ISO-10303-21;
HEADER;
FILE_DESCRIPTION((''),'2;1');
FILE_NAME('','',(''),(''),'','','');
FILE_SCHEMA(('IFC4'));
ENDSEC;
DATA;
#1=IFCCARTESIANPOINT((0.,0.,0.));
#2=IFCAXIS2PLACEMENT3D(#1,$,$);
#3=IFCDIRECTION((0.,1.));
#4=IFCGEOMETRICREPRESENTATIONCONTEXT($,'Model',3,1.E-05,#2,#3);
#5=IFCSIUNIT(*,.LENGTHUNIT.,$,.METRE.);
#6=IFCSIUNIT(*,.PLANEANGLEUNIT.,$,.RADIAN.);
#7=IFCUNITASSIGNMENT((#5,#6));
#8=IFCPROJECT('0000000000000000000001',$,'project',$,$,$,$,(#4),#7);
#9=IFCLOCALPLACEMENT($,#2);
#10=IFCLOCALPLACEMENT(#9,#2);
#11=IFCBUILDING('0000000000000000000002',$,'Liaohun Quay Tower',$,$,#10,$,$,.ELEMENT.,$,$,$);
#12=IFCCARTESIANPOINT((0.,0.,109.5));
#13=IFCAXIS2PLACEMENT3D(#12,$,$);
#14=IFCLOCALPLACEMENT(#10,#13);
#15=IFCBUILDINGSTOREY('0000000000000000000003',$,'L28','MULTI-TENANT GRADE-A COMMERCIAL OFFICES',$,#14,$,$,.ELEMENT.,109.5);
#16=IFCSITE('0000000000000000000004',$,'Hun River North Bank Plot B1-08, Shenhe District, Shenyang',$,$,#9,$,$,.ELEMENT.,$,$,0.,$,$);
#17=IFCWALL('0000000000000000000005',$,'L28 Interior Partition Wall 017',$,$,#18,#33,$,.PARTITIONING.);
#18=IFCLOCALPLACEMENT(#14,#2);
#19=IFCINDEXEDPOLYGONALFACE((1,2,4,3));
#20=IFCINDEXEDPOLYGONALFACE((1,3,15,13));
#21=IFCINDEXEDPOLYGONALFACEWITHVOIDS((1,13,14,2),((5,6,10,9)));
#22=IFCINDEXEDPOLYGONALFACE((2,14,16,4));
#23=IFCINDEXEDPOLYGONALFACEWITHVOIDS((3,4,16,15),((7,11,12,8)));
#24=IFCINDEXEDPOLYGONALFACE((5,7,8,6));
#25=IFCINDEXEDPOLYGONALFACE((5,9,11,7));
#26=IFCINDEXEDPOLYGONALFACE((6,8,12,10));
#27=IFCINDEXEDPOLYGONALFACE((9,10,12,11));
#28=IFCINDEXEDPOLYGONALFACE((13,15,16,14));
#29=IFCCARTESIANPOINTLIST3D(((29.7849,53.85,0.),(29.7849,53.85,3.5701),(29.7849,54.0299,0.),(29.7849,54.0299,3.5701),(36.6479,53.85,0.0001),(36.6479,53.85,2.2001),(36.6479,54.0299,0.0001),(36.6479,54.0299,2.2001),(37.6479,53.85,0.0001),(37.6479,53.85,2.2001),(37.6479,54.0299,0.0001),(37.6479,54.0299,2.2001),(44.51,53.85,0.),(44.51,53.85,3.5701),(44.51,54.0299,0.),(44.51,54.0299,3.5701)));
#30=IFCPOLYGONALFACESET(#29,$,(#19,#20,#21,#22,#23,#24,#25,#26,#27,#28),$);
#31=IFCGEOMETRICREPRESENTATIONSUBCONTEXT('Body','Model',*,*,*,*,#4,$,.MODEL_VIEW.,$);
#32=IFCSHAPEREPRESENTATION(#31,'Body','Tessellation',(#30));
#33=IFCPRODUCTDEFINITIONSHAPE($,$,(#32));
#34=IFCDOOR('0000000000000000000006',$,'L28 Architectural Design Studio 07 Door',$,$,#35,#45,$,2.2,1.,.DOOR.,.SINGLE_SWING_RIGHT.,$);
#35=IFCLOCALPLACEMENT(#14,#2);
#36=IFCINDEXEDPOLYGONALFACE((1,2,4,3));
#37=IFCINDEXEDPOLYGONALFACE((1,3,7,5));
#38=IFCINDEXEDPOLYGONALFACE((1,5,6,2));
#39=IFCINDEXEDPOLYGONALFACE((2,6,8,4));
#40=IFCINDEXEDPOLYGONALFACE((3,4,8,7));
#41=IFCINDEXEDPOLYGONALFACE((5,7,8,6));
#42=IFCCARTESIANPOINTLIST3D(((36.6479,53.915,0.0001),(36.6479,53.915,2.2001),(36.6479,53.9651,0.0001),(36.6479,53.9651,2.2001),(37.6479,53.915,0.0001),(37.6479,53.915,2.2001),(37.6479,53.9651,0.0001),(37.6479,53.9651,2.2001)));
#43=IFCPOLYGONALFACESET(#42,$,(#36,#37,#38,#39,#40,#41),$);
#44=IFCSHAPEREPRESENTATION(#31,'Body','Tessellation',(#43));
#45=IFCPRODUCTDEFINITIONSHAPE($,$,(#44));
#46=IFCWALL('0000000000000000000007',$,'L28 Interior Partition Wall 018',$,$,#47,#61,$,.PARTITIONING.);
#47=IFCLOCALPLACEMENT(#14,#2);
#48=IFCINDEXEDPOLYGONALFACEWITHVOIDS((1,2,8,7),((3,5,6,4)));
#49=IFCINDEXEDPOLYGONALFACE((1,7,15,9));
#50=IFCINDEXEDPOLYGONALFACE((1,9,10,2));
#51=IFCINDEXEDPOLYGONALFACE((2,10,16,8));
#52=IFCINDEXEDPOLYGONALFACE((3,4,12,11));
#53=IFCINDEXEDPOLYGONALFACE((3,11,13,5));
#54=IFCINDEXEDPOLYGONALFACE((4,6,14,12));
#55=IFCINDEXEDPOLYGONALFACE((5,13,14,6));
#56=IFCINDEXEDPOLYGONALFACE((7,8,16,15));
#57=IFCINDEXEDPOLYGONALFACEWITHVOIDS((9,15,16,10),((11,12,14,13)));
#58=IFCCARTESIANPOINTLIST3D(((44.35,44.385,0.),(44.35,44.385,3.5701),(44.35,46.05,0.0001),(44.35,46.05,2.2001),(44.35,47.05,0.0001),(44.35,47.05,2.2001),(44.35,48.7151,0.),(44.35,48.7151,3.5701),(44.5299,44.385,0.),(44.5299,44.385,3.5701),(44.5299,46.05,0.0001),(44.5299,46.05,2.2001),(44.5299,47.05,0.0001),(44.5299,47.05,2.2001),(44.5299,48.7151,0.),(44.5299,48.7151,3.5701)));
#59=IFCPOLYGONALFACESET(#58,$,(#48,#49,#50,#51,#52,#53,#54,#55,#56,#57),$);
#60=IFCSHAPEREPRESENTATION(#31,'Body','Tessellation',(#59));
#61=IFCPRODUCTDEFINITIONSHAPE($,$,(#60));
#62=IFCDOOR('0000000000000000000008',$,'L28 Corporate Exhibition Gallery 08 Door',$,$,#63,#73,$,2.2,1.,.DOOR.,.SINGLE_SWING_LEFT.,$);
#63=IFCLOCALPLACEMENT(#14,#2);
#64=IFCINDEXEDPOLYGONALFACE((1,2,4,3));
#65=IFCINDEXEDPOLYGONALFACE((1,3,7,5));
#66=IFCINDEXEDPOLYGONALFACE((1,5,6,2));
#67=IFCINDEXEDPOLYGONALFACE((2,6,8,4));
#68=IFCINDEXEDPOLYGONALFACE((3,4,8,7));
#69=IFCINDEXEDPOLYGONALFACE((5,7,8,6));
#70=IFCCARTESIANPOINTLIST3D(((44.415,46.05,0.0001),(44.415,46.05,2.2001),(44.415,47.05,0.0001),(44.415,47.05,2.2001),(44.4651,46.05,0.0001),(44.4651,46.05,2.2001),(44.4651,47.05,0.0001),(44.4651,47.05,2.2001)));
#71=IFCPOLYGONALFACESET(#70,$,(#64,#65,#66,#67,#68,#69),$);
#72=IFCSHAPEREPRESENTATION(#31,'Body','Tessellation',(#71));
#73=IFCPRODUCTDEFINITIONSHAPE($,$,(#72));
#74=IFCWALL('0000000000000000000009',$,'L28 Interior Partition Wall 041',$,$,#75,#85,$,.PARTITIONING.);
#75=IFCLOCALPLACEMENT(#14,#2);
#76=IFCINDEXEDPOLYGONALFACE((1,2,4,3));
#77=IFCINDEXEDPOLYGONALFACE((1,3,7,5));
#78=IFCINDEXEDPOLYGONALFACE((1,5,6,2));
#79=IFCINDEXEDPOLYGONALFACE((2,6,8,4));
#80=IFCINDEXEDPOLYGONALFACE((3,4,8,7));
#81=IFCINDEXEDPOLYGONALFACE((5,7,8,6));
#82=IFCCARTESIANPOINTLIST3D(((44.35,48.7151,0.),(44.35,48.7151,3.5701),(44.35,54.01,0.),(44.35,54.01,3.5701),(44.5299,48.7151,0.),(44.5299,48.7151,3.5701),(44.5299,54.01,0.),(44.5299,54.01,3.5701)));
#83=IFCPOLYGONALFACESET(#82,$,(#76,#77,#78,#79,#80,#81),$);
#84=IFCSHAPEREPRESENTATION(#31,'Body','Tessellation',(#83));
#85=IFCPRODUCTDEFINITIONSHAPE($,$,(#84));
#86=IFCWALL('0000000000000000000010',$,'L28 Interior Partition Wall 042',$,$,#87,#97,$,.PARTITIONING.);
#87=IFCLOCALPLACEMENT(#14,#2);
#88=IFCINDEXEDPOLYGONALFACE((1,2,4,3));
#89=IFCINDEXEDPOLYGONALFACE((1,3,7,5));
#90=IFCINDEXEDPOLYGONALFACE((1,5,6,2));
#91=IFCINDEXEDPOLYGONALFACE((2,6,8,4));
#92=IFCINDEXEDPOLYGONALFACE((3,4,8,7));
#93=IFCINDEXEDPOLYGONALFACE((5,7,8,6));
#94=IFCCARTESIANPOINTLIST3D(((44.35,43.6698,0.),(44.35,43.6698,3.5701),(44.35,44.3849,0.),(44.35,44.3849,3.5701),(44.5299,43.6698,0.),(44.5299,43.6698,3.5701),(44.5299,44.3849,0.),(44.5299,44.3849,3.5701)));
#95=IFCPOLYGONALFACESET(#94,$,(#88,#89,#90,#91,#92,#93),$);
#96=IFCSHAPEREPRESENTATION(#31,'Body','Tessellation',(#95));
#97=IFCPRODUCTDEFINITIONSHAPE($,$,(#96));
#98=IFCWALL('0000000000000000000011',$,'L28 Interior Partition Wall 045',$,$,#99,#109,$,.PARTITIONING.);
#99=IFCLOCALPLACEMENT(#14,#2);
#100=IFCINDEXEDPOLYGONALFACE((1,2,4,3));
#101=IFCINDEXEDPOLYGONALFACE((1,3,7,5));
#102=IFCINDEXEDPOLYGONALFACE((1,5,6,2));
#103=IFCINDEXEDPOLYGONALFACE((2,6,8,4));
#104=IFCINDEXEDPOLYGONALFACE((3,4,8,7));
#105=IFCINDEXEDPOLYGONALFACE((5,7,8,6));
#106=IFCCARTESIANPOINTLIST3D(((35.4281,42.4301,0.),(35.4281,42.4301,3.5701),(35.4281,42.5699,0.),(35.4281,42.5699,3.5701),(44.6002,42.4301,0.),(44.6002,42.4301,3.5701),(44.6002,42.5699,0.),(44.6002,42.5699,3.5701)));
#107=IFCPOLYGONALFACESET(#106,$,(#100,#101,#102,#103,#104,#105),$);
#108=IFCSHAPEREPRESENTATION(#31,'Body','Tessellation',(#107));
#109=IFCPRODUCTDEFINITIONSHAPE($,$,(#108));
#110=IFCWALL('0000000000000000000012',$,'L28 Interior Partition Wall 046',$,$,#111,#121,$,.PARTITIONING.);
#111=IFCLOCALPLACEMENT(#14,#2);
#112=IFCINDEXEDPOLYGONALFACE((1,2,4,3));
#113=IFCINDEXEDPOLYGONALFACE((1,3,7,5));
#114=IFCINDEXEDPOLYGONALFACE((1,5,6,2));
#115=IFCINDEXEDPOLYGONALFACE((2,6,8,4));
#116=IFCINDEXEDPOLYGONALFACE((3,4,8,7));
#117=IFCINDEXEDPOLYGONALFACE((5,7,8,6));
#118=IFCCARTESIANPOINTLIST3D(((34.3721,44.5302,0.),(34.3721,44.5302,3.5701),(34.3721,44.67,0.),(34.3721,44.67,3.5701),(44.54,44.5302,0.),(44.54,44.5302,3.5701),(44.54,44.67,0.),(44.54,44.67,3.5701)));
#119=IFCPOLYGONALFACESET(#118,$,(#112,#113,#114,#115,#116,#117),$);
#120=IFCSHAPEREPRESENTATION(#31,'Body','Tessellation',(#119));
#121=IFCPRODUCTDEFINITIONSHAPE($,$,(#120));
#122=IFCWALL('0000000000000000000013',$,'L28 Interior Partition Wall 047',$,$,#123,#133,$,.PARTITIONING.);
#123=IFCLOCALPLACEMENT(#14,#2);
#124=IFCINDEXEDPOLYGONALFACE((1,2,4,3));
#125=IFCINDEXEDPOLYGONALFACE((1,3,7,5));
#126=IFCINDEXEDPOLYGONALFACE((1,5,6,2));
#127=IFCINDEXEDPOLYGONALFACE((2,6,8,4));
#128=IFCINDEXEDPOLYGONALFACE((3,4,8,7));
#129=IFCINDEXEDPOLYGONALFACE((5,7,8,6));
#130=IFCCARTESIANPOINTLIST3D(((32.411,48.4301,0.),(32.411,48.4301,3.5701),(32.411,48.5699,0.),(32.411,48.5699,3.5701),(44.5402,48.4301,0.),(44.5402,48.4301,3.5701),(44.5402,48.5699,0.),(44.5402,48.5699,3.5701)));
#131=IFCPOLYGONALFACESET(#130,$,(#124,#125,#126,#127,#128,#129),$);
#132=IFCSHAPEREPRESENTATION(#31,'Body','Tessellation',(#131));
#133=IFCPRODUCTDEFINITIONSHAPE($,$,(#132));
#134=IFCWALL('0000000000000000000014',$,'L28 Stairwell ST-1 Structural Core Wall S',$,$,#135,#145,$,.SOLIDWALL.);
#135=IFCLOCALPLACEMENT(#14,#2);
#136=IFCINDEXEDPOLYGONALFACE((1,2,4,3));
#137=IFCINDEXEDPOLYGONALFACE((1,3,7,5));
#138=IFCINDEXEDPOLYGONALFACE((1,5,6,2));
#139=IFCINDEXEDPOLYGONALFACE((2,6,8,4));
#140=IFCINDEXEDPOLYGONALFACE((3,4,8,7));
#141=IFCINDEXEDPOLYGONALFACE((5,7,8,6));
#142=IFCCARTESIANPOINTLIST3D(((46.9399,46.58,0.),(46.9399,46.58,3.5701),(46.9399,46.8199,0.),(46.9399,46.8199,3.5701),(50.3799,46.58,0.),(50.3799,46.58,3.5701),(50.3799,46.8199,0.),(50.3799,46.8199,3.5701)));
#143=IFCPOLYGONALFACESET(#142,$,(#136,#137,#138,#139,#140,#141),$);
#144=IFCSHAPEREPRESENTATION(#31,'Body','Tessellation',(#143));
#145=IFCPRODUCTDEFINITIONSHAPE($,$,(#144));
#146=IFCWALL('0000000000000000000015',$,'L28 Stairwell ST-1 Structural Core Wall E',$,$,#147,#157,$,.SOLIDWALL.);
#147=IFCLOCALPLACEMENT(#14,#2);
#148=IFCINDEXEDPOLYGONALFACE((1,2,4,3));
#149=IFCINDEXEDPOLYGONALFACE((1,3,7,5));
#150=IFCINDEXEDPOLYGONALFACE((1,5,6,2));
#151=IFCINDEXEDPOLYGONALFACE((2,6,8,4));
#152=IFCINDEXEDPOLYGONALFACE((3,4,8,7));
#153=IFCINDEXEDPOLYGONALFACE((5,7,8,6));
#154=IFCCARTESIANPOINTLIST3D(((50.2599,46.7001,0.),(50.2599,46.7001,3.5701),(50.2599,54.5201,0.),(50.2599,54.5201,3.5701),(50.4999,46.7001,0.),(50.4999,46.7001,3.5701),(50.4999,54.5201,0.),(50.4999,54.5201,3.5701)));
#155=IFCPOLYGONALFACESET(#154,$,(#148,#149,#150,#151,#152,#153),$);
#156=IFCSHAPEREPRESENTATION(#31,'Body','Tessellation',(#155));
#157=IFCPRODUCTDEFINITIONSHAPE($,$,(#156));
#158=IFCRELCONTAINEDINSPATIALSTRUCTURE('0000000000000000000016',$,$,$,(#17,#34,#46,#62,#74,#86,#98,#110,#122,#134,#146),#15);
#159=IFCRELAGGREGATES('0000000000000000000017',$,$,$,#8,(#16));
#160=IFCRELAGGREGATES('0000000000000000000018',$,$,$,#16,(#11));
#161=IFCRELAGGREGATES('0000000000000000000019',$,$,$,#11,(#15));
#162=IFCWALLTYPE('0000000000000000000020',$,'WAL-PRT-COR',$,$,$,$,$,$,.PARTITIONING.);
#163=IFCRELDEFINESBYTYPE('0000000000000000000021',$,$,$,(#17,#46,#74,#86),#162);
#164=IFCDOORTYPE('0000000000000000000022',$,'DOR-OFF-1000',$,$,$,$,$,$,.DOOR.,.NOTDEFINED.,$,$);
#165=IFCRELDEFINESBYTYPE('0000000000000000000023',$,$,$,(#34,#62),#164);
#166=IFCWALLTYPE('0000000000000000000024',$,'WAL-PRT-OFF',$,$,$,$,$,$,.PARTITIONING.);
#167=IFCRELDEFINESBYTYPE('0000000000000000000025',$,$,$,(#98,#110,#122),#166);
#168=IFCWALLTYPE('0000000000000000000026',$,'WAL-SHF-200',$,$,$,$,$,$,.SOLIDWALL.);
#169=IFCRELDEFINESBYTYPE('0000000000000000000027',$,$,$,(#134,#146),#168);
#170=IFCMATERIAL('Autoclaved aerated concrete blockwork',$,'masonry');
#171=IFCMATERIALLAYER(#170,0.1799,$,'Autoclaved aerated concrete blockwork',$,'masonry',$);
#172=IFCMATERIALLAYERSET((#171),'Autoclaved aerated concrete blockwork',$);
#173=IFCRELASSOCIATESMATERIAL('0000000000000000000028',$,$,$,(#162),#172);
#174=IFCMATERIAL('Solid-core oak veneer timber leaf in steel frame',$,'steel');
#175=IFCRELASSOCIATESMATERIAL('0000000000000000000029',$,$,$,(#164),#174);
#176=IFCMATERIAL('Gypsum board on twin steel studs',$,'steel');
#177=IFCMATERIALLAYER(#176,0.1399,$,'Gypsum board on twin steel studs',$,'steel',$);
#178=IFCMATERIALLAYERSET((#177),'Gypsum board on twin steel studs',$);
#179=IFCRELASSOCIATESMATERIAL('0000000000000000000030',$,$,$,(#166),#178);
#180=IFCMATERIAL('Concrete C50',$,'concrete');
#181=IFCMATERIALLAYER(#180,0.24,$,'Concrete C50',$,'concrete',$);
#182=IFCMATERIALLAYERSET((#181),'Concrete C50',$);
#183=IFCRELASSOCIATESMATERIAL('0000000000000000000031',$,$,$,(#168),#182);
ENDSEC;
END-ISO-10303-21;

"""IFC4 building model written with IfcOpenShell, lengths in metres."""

from ifc_helpers import new_model, si_unit, direction, frame, frame_2d, origin, place, context, subcontext, project, spatial, rectangle, extrude, source, transform, mapped, material, layer, layer_set, type_object, element, fill, save


model = new_model("IFC4")

# Units and contexts
model_context = context("Model", 3, precision=1e-05, world=origin(), true_north=direction((0.0, 1.0)))
body_context = subcontext(model_context, "Body", "Model", "MODEL_VIEW")
ifc_project = project(units=[si_unit("LENGTHUNIT", "METRE"), si_unit("PLANEANGLEUNIT", "RADIAN")], contexts=[model_context])

# Site, building, storey
site_placement = place(None, origin())
site = spatial("IfcSite", under=ifc_project, at=site_placement, Name="Hun River North Bank Plot B1-08, Shenhe District, Shenyang", CompositionType="ELEMENT", RefElevation=0.0)
building_placement = place(site_placement, origin())
building = spatial("IfcBuilding", under=site, at=building_placement, Name="Liaohun Quay Tower", CompositionType="ELEMENT")
storey_placement = place(building_placement, frame((0.0, 0.0, 109.5)))
storey = spatial("IfcBuildingStorey", under=building, at=storey_placement, Name="L28", Description="MULTI-TENANT GRADE-A COMMERCIAL OFFICES", CompositionType="ELEMENT", Elevation=109.5)

# Walls, openings, doors
ifc_material_1 = material(Name="Autoclaved aerated concrete blockwork", Category="masonry")
ifc_layer_1 = layer(ifc_material_1, 0.1799, Name="Autoclaved aerated concrete blockwork", Category="masonry")
ifc_layer_set_1 = layer_set([ifc_layer_1], Name="Autoclaved aerated concrete blockwork")
wall_type_1 = type_object("IfcWallType", Name="WAL-PRT-COR", PredefinedType="PARTITIONING", material=ifc_layer_set_1)
wall_1_placement = place(storey_placement, frame((44.51, 53.9399, 0.0), z_axis=(0.0, 0.0, 1.0), x_axis=(-1.0, 0.0, 0.0)))
wall_1 = element("IfcWall", 1, at=wall_1_placement, inside=storey, type_object=wall_type_1, Name="L28 Interior Partition Wall 017", PredefinedType="PARTITIONING", context=body_context, shape_type="SweptSolid", body=[
    extrude(rectangle(XDim=14.7251, YDim=0.1799, at=frame_2d((7.3625, 0.0))), origin(), (0.0, 0.0, 1.0), 3.5701),
])
shared_shape_1 = source(origin(), body_context, "Body", "SweptSolid", [
    extrude(rectangle(XDim=1.0, YDim=2.2, at=frame_2d((0.5, 1.1001))), frame((0.0, 0.0999, 0.0), z_axis=(0.0, -1.0, 0.0), x_axis=(1.0, 0.0, 0.0)), (0.0, 0.0, 1.0), 0.2),
])
opening_1_placement = place(wall_1_placement, frame((6.8621, 0.0, 0.0)))
opening_1 = element("IfcOpeningElement", 2, at=opening_1_placement, cuts=wall_1, PredefinedType="OPENING", context=body_context, shape_type="MappedRepresentation", body=[
    mapped(shared_shape_1, transform((0.0, 0.0, 0.0), x_axis=(1.0, 0.0, 0.0), y_axis=(0.0, 1.0, 0.0), z_axis=(0.0, 0.0, 1.0), scale=1.0)),
])
ifc_material_2 = material(Name="Solid-core oak veneer timber leaf in steel frame", Category="steel")
door_type_1 = type_object("IfcDoorType", Name="DOR-OFF-1000", OperationType="NOTDEFINED", PredefinedType="DOOR", material=ifc_material_2)
shared_shape_2 = source(origin(), body_context, "Body", "SweptSolid", [
    extrude(rectangle(XDim=1.0, YDim=2.2, at=frame_2d((0.5, 1.1001))), frame((0.0, 0.0249, 0.0), z_axis=(0.0, -1.0, 0.0), x_axis=(1.0, 0.0, 0.0)), (0.0, 0.0, 1.0), 0.05),
])
door_1_placement = place(opening_1_placement, origin())
door_1 = element("IfcDoor", 3, at=door_1_placement, inside=storey, type_object=door_type_1, Name="L28 Architectural Design Studio 07 Door", OperationType="SINGLE_SWING_RIGHT", OverallHeight=2.2, OverallWidth=1.0, PredefinedType="DOOR", context=body_context, shape_type="MappedRepresentation", body=[
    mapped(shared_shape_2, transform((0.0, 0.0, 0.0), x_axis=(1.0, 0.0, 0.0), y_axis=(0.0, 1.0, 0.0), z_axis=(0.0, 0.0, 1.0), scale=1.0)),
])
fill(opening_1, door_1)
wall_2_placement = place(storey_placement, frame((44.4399, 44.385, 0.0), z_axis=(0.0, 0.0, 1.0), x_axis=(0.0, 1.0, 0.0)))
wall_2 = element("IfcWall", 4, at=wall_2_placement, inside=storey, type_object=wall_type_1, Name="L28 Interior Partition Wall 018", PredefinedType="PARTITIONING", context=body_context, shape_type="SweptSolid", body=[
    extrude(rectangle(XDim=4.3301, YDim=0.1799, at=frame_2d((2.165, 0.0))), origin(), (0.0, 0.0, 1.0), 3.5701),
])
opening_2_placement = place(wall_2_placement, frame((1.665, 0.0, 0.0)))
opening_2 = element("IfcOpeningElement", 5, at=opening_2_placement, cuts=wall_2, PredefinedType="OPENING", context=body_context, shape_type="MappedRepresentation", body=[
    mapped(shared_shape_1, transform((0.0, 0.0, 0.0), x_axis=(1.0, 0.0, 0.0), y_axis=(0.0, 1.0, 0.0), z_axis=(0.0, 0.0, 1.0), scale=1.0)),
])
door_2_placement = place(opening_2_placement, origin())
door_2 = element("IfcDoor", 6, at=door_2_placement, inside=storey, type_object=door_type_1, Name="L28 Corporate Exhibition Gallery 08 Door", OperationType="SINGLE_SWING_LEFT", OverallHeight=2.2, OverallWidth=1.0, PredefinedType="DOOR", context=body_context, shape_type="MappedRepresentation", body=[
    mapped(shared_shape_2, transform((0.0, 0.0, 0.0), x_axis=(1.0, 0.0, 0.0), y_axis=(0.0, 1.0, 0.0), z_axis=(0.0, 0.0, 1.0), scale=1.0)),
])
fill(opening_2, door_2)

# Walls
wall_3_placement = place(storey_placement, frame((44.4399, 48.7151, 0.0), z_axis=(0.0, 0.0, 1.0), x_axis=(0.0, 1.0, 0.0)))
element("IfcWall", 7, at=wall_3_placement, inside=storey, type_object=wall_type_1, Name="L28 Interior Partition Wall 041", PredefinedType="PARTITIONING", context=body_context, shape_type="SweptSolid", body=[
    extrude(rectangle(XDim=5.2949, YDim=0.1799, at=frame_2d((2.6475, 0.0))), origin(), (0.0, 0.0, 1.0), 3.5701),
])
wall_4_placement = place(storey_placement, frame((44.4399, 43.6699, 0.0), z_axis=(0.0, 0.0, 1.0), x_axis=(0.0, 1.0, 0.0)))
element("IfcWall", 8, at=wall_4_placement, inside=storey, type_object=wall_type_1, Name="L28 Interior Partition Wall 042", PredefinedType="PARTITIONING", context=body_context, shape_type="SweptSolid", body=[
    extrude(rectangle(XDim=0.7151, YDim=0.1799, at=frame_2d((0.3574, 0.0))), origin(), (0.0, 0.0, 1.0), 3.5701),
])
ifc_material_3 = material(Name="Gypsum board on twin steel studs", Category="steel")
ifc_layer_2 = layer(ifc_material_3, 0.1399, Name="Gypsum board on twin steel studs", Category="steel")
ifc_layer_set_2 = layer_set([ifc_layer_2], Name="Gypsum board on twin steel studs")
wall_type_2 = type_object("IfcWallType", Name="WAL-PRT-OFF", PredefinedType="PARTITIONING", material=ifc_layer_set_2)
wall_5_placement = place(storey_placement, frame((44.6001, 42.5, 0.0), z_axis=(0.0, 0.0, 1.0), x_axis=(-1.0, 0.0, 0.0)))
element("IfcWall", 9, at=wall_5_placement, inside=storey, type_object=wall_type_2, Name="L28 Interior Partition Wall 045", PredefinedType="PARTITIONING", context=body_context, shape_type="SweptSolid", body=[
    extrude(rectangle(XDim=9.1721, YDim=0.1399, at=frame_2d((4.5859, 0.0))), origin(), (0.0, 0.0, 1.0), 3.5701),
])
wall_6_placement = place(storey_placement, frame((44.54, 44.6001, 0.0), z_axis=(0.0, 0.0, 1.0), x_axis=(-1.0, 0.0, 0.0)))
element("IfcWall", 10, at=wall_6_placement, inside=storey, type_object=wall_type_2, Name="L28 Interior Partition Wall 046", PredefinedType="PARTITIONING", context=body_context, shape_type="SweptSolid", body=[
    extrude(rectangle(XDim=10.168, YDim=0.1399, at=frame_2d((5.084, 0.0))), origin(), (0.0, 0.0, 1.0), 3.5701),
])
wall_7_placement = place(storey_placement, frame((44.54, 48.5, 0.0), z_axis=(0.0, 0.0, 1.0), x_axis=(-1.0, 0.0, 0.0)))
element("IfcWall", 11, at=wall_7_placement, inside=storey, type_object=wall_type_2, Name="L28 Interior Partition Wall 047", PredefinedType="PARTITIONING", context=body_context, shape_type="SweptSolid", body=[
    extrude(rectangle(XDim=12.1292, YDim=0.1399, at=frame_2d((6.0645, 0.0))), origin(), (0.0, 0.0, 1.0), 3.5701),
])
ifc_material_4 = material(Name="Concrete C50", Category="concrete")
ifc_layer_3 = layer(ifc_material_4, 0.24, Name="Concrete C50", Category="concrete")
ifc_layer_set_3 = layer_set([ifc_layer_3], Name="Concrete C50")
wall_type_3 = type_object("IfcWallType", Name="WAL-SHF-200", PredefinedType="SOLIDWALL", material=ifc_layer_set_3)
wall_8_placement = place(storey_placement, frame((46.9399, 46.7, 0.0), z_axis=(0.0, 0.0, 1.0), x_axis=(1.0, 0.0, 0.0)))
element("IfcWall", 12, at=wall_8_placement, inside=storey, type_object=wall_type_3, Name="L28 Stairwell ST-1 Structural Core Wall S", PredefinedType="SOLIDWALL", context=body_context, shape_type="SweptSolid", body=[
    extrude(rectangle(XDim=3.4399, YDim=0.24, at=frame_2d((1.72, 0.0))), origin(), (0.0, 0.0, 1.0), 3.5701),
])
wall_9_placement = place(storey_placement, frame((50.3799, 46.7, 0.0), z_axis=(0.0, 0.0, 1.0), x_axis=(0.0, 1.0, 0.0)))
element("IfcWall", 13, at=wall_9_placement, inside=storey, type_object=wall_type_3, Name="L28 Stairwell ST-1 Structural Core Wall E", PredefinedType="SOLIDWALL", context=body_context, shape_type="SweptSolid", body=[
    extrude(rectangle(XDim=7.8201, YDim=0.24, at=frame_2d((3.9102, 0.0))), origin(), (0.0, 0.0, 1.0), 3.5701),
])

save(model, "model.ifc")
